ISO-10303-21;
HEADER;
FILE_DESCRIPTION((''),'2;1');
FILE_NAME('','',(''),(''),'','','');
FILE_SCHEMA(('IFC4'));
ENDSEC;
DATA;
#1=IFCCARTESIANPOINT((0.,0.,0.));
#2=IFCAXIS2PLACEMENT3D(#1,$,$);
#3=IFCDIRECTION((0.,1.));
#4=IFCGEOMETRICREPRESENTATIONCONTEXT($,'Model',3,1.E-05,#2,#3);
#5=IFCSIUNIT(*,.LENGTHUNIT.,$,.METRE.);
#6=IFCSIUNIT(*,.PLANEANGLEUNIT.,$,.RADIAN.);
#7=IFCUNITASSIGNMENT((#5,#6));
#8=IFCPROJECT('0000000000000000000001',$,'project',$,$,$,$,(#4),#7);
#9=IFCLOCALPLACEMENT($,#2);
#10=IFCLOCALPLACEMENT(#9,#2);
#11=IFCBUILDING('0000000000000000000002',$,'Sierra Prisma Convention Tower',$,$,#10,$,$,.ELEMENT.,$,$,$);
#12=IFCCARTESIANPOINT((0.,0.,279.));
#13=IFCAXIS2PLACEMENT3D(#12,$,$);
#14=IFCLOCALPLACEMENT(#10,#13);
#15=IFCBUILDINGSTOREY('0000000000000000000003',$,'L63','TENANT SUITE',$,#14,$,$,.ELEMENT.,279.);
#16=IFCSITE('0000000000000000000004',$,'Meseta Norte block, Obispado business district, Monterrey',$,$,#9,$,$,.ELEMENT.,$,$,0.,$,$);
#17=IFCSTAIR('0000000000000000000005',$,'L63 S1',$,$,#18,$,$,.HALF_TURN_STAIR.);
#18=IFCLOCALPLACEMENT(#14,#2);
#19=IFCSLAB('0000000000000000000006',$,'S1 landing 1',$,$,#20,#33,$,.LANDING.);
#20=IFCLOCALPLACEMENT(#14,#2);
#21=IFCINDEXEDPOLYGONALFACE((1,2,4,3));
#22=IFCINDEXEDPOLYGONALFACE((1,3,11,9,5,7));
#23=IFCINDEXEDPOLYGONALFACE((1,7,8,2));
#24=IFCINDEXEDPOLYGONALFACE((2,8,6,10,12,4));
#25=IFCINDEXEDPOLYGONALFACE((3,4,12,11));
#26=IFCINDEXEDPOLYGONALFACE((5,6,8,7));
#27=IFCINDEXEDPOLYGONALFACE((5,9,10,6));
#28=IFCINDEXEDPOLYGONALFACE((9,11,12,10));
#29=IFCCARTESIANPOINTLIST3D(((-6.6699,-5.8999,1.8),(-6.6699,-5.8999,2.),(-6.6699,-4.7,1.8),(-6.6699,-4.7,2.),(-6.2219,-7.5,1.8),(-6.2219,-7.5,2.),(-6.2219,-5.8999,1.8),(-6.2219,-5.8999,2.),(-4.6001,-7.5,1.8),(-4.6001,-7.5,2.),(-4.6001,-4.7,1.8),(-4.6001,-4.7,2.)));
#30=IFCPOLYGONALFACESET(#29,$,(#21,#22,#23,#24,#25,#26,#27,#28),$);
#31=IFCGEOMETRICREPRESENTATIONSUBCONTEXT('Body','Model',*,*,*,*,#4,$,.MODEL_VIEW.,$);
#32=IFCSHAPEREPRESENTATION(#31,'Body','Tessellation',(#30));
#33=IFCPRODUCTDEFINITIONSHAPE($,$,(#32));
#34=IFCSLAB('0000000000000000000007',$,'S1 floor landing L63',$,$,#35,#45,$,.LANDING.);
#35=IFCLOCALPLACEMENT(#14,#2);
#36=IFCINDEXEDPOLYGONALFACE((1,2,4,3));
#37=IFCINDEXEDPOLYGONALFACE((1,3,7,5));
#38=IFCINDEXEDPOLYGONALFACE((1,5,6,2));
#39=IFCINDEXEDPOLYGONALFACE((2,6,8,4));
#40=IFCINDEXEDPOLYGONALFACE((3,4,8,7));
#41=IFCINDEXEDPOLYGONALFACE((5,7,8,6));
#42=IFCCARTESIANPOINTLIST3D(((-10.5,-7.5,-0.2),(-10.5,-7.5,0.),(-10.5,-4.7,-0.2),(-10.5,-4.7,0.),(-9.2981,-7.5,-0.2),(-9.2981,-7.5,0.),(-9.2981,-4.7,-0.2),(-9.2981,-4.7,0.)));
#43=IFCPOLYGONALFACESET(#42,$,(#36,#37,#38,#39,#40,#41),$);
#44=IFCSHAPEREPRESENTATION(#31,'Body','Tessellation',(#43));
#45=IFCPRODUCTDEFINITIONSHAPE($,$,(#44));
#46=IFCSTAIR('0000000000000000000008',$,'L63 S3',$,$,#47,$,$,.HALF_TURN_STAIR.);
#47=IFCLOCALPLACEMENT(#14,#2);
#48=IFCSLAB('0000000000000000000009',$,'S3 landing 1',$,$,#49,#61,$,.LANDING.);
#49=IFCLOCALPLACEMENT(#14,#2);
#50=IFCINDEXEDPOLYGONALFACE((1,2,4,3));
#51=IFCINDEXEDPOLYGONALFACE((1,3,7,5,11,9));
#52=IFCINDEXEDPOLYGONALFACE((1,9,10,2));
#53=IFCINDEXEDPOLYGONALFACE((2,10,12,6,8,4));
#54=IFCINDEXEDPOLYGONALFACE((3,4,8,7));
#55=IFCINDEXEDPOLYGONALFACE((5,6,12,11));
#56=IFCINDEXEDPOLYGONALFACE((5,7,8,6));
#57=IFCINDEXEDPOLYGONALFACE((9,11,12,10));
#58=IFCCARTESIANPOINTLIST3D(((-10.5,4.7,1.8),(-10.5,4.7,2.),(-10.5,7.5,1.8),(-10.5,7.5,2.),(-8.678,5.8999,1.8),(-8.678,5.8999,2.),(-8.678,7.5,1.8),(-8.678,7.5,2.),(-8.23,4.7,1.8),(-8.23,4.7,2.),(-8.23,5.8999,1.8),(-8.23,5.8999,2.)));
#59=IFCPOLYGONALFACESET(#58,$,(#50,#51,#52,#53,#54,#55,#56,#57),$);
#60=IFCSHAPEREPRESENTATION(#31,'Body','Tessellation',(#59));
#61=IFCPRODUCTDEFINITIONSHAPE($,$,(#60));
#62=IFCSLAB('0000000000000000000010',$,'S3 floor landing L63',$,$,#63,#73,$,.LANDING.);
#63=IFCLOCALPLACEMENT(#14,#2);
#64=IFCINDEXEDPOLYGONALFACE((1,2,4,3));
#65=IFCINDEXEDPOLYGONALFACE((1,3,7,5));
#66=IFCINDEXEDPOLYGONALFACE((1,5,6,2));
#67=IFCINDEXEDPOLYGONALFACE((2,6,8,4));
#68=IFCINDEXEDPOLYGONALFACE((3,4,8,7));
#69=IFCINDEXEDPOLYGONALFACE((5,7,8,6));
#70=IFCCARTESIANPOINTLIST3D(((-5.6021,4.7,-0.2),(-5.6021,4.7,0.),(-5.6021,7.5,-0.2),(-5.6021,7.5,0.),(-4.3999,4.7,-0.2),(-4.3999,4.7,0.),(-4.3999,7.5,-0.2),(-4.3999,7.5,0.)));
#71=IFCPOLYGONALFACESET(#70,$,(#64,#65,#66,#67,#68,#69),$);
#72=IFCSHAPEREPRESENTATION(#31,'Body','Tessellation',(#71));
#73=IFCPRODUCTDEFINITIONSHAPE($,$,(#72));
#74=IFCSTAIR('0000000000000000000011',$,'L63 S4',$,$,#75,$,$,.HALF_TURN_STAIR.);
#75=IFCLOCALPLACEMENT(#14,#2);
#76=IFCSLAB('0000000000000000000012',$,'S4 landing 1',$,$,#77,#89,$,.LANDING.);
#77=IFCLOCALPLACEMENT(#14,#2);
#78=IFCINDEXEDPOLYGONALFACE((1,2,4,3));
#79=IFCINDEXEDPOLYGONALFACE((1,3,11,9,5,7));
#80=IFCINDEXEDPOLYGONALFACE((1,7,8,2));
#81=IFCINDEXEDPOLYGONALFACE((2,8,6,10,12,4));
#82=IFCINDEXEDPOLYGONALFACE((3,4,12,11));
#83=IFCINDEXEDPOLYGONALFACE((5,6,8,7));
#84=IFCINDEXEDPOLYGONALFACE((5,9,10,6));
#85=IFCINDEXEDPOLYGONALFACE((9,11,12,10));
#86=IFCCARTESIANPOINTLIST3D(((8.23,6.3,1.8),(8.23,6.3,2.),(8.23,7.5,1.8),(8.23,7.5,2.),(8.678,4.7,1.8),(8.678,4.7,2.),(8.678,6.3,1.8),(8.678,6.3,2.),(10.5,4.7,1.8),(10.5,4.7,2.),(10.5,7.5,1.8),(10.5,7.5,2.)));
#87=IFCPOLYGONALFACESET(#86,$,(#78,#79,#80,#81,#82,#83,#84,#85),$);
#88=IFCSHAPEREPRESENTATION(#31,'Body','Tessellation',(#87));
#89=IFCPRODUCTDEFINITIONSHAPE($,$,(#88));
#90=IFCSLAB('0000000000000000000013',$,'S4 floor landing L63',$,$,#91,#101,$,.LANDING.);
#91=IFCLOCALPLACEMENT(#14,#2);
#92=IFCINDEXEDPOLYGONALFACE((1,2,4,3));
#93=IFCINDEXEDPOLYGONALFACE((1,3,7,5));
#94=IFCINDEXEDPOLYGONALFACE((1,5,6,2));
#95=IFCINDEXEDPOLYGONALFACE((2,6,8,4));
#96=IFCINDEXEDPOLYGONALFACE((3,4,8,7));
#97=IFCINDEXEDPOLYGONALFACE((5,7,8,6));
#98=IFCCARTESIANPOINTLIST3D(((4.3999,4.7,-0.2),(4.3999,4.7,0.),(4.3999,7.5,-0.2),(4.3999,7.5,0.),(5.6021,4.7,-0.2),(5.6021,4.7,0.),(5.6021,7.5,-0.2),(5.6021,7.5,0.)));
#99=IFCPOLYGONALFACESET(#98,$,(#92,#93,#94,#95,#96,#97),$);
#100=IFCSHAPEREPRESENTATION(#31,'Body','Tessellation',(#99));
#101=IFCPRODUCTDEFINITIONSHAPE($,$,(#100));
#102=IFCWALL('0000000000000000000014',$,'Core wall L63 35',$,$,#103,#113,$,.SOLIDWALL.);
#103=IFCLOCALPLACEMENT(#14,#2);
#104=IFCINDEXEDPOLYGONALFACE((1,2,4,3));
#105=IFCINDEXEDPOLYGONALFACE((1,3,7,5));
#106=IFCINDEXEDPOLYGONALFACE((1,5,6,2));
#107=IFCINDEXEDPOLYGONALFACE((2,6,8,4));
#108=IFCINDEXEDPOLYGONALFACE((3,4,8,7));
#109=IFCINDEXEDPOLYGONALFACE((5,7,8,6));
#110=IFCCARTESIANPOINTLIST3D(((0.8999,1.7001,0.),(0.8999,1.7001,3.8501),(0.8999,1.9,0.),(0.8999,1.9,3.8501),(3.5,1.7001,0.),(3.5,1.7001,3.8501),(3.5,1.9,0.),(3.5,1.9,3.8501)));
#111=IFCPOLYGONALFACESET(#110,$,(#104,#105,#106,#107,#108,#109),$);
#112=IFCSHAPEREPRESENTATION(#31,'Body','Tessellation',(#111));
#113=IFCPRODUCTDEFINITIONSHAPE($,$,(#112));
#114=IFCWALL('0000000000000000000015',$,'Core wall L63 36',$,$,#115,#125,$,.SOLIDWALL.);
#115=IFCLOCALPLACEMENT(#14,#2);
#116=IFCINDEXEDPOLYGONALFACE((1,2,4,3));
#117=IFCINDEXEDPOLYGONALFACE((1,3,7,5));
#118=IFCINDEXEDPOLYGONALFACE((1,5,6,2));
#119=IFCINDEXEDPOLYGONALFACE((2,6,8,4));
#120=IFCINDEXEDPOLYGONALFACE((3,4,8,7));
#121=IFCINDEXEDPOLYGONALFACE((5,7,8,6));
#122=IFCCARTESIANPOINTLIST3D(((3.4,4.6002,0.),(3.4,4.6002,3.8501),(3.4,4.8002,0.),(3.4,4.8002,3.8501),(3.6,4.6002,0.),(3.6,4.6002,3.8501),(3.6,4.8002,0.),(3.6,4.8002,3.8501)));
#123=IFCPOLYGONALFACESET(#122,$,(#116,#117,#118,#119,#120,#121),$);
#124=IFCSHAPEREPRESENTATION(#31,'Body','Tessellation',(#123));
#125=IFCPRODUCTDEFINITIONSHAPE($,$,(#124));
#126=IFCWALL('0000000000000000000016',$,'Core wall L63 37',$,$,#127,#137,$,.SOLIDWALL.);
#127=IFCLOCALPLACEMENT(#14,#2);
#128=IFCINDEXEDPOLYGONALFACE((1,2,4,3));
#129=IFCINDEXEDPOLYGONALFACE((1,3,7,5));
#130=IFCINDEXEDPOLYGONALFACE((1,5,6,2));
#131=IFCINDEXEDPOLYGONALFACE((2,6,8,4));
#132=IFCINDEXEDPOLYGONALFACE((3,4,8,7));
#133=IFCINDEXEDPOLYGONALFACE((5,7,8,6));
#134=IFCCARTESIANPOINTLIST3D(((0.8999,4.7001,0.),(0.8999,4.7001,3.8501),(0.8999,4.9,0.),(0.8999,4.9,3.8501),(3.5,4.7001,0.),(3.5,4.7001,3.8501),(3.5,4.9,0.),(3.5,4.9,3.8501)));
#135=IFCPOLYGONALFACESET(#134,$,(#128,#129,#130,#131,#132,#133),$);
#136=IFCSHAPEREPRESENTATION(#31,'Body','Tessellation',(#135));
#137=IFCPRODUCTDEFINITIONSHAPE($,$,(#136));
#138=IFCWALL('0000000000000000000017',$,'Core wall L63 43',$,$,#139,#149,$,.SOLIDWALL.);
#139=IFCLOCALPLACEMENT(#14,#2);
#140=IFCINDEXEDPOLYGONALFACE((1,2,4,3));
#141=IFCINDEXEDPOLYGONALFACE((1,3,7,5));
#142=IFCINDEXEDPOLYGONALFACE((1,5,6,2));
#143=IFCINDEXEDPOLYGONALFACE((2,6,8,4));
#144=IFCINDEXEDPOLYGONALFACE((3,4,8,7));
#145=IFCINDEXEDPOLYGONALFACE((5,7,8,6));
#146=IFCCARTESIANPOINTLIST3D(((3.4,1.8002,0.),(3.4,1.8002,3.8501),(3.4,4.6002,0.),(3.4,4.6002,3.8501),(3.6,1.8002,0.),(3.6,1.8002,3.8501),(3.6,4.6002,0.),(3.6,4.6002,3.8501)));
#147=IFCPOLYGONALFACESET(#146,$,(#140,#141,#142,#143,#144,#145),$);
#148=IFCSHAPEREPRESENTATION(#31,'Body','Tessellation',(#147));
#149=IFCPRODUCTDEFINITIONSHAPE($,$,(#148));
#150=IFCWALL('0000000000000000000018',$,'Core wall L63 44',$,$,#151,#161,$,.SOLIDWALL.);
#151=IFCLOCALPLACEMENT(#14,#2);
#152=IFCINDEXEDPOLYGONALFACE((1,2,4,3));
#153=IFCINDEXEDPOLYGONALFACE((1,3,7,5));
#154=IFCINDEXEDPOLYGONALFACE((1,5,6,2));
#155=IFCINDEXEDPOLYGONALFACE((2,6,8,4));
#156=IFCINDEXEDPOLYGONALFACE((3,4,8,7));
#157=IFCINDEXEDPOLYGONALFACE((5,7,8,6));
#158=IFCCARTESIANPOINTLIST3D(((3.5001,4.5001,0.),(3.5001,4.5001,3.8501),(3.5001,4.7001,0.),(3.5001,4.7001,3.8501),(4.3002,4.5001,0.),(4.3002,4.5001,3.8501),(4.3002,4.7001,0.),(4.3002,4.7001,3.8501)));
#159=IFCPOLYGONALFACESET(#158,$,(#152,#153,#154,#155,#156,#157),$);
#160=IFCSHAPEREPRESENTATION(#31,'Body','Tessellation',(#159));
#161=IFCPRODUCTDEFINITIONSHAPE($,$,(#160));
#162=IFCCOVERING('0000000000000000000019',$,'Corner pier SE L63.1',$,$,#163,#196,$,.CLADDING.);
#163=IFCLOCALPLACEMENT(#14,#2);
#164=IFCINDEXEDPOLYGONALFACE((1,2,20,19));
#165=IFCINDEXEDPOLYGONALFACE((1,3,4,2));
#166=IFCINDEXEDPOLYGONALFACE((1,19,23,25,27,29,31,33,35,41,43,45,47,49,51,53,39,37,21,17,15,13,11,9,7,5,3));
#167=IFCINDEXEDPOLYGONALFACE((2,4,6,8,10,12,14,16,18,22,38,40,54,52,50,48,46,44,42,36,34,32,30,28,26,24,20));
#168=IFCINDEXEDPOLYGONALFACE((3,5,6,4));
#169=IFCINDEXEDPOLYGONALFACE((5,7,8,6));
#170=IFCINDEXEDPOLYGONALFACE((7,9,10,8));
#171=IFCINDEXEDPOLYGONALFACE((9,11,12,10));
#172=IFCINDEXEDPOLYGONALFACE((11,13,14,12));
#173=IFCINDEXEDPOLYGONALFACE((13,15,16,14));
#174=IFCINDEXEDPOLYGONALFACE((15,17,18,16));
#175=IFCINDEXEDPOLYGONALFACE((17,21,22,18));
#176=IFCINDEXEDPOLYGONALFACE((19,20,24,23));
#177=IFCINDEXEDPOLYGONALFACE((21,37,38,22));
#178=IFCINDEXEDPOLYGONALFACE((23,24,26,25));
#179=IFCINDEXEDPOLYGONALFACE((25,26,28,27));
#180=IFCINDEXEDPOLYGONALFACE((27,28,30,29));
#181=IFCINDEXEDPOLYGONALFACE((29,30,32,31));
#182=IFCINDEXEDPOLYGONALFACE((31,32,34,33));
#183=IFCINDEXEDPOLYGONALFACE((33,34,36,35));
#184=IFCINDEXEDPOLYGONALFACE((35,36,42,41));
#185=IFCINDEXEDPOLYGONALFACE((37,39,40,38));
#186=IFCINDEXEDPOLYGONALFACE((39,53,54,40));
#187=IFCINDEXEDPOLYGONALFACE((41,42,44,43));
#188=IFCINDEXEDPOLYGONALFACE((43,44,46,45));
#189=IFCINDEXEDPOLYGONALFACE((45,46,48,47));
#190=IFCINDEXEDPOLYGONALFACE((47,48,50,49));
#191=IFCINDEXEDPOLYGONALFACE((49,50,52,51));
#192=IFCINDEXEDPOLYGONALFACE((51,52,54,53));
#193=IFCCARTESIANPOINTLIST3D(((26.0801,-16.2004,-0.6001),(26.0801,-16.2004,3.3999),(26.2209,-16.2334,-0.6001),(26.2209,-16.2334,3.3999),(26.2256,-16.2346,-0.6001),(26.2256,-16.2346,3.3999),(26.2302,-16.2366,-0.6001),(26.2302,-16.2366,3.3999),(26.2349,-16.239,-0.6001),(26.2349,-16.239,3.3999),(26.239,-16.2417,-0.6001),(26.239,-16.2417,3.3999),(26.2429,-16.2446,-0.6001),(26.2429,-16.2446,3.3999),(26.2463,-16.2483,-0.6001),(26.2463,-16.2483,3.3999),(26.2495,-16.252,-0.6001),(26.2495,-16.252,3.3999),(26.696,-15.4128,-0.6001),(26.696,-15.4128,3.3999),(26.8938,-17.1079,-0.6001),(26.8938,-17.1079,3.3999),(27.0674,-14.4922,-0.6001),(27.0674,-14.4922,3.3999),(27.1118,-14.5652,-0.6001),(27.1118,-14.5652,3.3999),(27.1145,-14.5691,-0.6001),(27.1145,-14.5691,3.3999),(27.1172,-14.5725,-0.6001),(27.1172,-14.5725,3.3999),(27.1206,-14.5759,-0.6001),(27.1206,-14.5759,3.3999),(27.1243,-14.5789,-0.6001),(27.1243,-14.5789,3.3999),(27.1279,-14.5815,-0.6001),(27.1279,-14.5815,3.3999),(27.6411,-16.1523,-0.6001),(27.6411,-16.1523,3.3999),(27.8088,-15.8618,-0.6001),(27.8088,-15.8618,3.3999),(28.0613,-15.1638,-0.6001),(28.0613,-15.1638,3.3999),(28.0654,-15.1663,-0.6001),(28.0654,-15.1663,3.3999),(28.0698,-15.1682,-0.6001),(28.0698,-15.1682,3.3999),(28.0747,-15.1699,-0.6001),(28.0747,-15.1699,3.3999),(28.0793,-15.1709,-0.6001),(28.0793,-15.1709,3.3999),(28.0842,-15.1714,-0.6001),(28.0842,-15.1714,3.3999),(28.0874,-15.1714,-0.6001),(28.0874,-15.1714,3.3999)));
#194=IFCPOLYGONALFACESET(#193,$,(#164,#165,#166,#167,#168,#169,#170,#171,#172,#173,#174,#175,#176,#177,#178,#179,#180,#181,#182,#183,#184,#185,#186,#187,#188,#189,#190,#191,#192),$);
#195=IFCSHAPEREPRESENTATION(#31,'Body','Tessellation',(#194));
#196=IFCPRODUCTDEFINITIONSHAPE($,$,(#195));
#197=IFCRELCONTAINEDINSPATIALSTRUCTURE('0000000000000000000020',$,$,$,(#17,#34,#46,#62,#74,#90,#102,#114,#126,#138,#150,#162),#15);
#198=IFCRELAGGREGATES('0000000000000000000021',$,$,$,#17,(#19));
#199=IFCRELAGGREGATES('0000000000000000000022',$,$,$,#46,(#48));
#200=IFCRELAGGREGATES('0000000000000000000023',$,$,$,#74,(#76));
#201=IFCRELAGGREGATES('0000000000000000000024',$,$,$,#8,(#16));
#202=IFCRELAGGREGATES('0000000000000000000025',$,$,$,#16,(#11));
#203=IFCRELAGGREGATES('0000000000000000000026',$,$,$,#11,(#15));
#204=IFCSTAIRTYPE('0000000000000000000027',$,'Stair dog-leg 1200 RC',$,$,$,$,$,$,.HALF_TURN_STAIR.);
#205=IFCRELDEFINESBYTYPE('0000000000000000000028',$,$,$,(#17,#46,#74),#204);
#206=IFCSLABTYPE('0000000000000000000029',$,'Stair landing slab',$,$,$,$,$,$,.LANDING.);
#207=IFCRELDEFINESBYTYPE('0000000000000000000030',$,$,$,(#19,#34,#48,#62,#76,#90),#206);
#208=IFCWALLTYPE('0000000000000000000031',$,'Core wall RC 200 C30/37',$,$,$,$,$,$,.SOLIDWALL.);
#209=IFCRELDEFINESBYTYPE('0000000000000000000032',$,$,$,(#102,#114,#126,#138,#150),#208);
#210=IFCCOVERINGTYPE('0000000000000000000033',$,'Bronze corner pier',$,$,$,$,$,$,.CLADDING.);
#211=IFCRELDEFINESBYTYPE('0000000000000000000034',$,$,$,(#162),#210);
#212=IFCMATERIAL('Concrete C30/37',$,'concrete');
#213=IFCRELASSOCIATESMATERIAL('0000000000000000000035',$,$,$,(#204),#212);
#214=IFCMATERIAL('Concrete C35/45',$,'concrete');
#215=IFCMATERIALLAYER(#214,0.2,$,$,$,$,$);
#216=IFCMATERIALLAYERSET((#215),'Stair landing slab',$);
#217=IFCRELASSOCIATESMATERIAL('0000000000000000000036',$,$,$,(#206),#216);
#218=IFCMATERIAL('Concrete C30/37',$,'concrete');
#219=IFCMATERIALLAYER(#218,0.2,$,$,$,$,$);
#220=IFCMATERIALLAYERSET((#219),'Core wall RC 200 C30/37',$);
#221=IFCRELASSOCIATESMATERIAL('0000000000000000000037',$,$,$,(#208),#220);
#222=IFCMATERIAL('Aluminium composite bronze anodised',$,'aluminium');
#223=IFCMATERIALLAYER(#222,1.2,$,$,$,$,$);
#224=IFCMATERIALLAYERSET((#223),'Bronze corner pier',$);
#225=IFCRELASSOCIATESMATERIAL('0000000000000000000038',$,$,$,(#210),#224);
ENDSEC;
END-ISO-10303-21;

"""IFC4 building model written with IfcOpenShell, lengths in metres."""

from ifc_helpers import new_model, si_unit, direction, frame, frame_2d, origin, place, context, subcontext, project, spatial, polyline, rectangle, outline, extrude, material, layer, layer_set, type_object, element, aggregate, save


model = new_model("IFC4")

# Units and contexts
model_context = context("Model", 3, precision=1e-05, world=origin(), true_north=direction((0.0, 1.0)))
body_context = subcontext(model_context, "Body", "Model", "MODEL_VIEW")
ifc_project = project(units=[si_unit("LENGTHUNIT", "METRE"), si_unit("PLANEANGLEUNIT", "RADIAN")], contexts=[model_context])

# Site, building, storey
site_placement = place(None, origin())
site = spatial("IfcSite", under=ifc_project, at=site_placement, Name="Meseta Norte block, Obispado business district, Monterrey", CompositionType="ELEMENT", RefElevation=0.0)
building_placement = place(site_placement, origin())
building = spatial("IfcBuilding", under=site, at=building_placement, Name="Sierra Prisma Convention Tower", CompositionType="ELEMENT")
storey_placement = place(building_placement, frame((0.0, 0.0, 279.0)))
storey = spatial("IfcBuildingStorey", under=building, at=storey_placement, Name="L63", Description="TENANT SUITE", CompositionType="ELEMENT", Elevation=279.0)

# Stair, slab
ifc_material_1 = material(Name="Concrete C30/37", Category="concrete")
stair_type = type_object("IfcStairType", Name="Stair dog-leg 1200 RC", PredefinedType="HALF_TURN_STAIR", material=ifc_material_1)
stair_1_placement = place(storey_placement, origin())
stair_1 = element("IfcStair", 1, at=stair_1_placement, inside=storey, type_object=stair_type, Name="L63 S1", PredefinedType="HALF_TURN_STAIR")
ifc_material_2 = material(Name="Concrete C35/45", Category="concrete")
ifc_layer_1 = layer(ifc_material_2, 0.2)
ifc_layer_set_1 = layer_set([ifc_layer_1], Name="Stair landing slab")
slab_type = type_object("IfcSlabType", Name="Stair landing slab", PredefinedType="LANDING", material=ifc_layer_set_1)
slab_1_placement = place(storey_placement, frame((0.0, 0.0, 1.8)))
slab_1 = element("IfcSlab", 2, at=slab_1_placement, type_object=slab_type, Name="S1 landing 1", PredefinedType="LANDING", context=body_context, shape_type="SweptSolid", body=[
    extrude(outline(polyline([(-4.6001, -4.7), (-4.6001, -7.5), (-6.2219, -7.5), (-6.2219, -5.8999), (-6.6699, -5.8999), (-6.6699, -4.7), (-4.6001, -4.7)])), origin(), (0.0, 0.0, 1.0), 0.2),
])
aggregate(stair_1, [slab_1])

# Slab
slab_2_placement = place(storey_placement, frame((0.0, 0.0, -0.2)))
element("IfcSlab", 3, at=slab_2_placement, inside=storey, type_object=slab_type, Name="S1 floor landing L63", PredefinedType="LANDING", context=body_context, shape_type="SweptSolid", body=[
    extrude(outline(polyline([(-10.5, -7.5), (-9.2981, -7.5), (-9.2981, -4.7), (-10.5, -4.7), (-10.5, -7.5)])), origin(), (0.0, 0.0, 1.0), 0.2),
])

# Stair, slab
stair_2_placement = place(storey_placement, origin())
stair_2 = element("IfcStair", 4, at=stair_2_placement, inside=storey, type_object=stair_type, Name="L63 S3", PredefinedType="HALF_TURN_STAIR")
slab_3_placement = place(storey_placement, frame((0.0, 0.0, 1.8)))
slab_3 = element("IfcSlab", 5, at=slab_3_placement, type_object=slab_type, Name="S3 landing 1", PredefinedType="LANDING", context=body_context, shape_type="SweptSolid", body=[
    extrude(outline(polyline([(-8.23, 5.8999), (-8.23, 4.7), (-10.5, 4.7), (-10.5, 7.5), (-8.678, 7.5), (-8.678, 5.8999), (-8.23, 5.8999)])), origin(), (0.0, 0.0, 1.0), 0.2),
])
aggregate(stair_2, [slab_3])

# Slab
slab_4_placement = place(storey_placement, frame((0.0, 0.0, -0.2)))
element("IfcSlab", 6, at=slab_4_placement, inside=storey, type_object=slab_type, Name="S3 floor landing L63", PredefinedType="LANDING", context=body_context, shape_type="SweptSolid", body=[
    extrude(outline(polyline([(-4.3999, 7.5), (-5.6021, 7.5), (-5.6021, 4.7), (-4.3999, 4.7), (-4.3999, 7.5)])), origin(), (0.0, 0.0, 1.0), 0.2),
])

# Stair, slab
stair_3_placement = place(storey_placement, origin())
stair_3 = element("IfcStair", 7, at=stair_3_placement, inside=storey, type_object=stair_type, Name="L63 S4", PredefinedType="HALF_TURN_STAIR")
slab_5_placement = place(storey_placement, frame((0.0, 0.0, 1.8)))
slab_5 = element("IfcSlab", 8, at=slab_5_placement, type_object=slab_type, Name="S4 landing 1", PredefinedType="LANDING", context=body_context, shape_type="SweptSolid", body=[
    extrude(outline(polyline([(10.5, 7.5), (10.5, 4.7), (8.678, 4.7), (8.678, 6.3), (8.23, 6.3), (8.23, 7.5), (10.5, 7.5)])), origin(), (0.0, 0.0, 1.0), 0.2),
])
aggregate(stair_3, [slab_5])

# Slab
slab_6_placement = place(storey_placement, frame((0.0, 0.0, -0.2)))
element("IfcSlab", 9, at=slab_6_placement, inside=storey, type_object=slab_type, Name="S4 floor landing L63", PredefinedType="LANDING", context=body_context, shape_type="SweptSolid", body=[
    extrude(outline(polyline([(4.3999, 4.7), (5.6021, 4.7), (5.6021, 7.5), (4.3999, 7.5), (4.3999, 4.7)])), origin(), (0.0, 0.0, 1.0), 0.2),
])

# Shared definitions
ifc_material_3 = material(Name="Concrete C30/37", Category="concrete")
ifc_layer_2 = layer(ifc_material_3, 0.2)
ifc_layer_set_2 = layer_set([ifc_layer_2], Name="Core wall RC 200 C30/37")
wall_type = type_object("IfcWallType", Name="Core wall RC 200 C30/37", PredefinedType="SOLIDWALL", material=ifc_layer_set_2)

# Walls
wall_1_placement = place(storey_placement, frame((3.5, 1.8, 0.0), z_axis=(0.0, 0.0, 1.0), x_axis=(-1.0, 0.0, 0.0)))
element("IfcWall", 10, at=wall_1_placement, inside=storey, type_object=wall_type, Name="Core wall L63 35", PredefinedType="SOLIDWALL", context=body_context, shape_type="SweptSolid", body=[
    extrude(rectangle(XDim=2.6001, YDim=0.2, at=frame_2d((1.3, 0.0))), origin(), (0.0, 0.0, 1.0), 3.8501),
])
wall_2_placement = place(storey_placement, frame((3.5, 4.6001, 0.0), z_axis=(0.0, 0.0, 1.0), x_axis=(0.0, 1.0, 0.0)))
element("IfcWall", 11, at=wall_2_placement, inside=storey, type_object=wall_type, Name="Core wall L63 36", PredefinedType="SOLIDWALL", context=body_context, shape_type="SweptSolid", body=[
    extrude(rectangle(XDim=0.2, YDim=0.2, at=frame_2d((0.1001, 0.0))), origin(), (0.0, 0.0, 1.0), 3.8501),
])
wall_3_placement = place(storey_placement, frame((3.5, 4.8, 0.0), z_axis=(0.0, 0.0, 1.0), x_axis=(-1.0, 0.0, 0.0)))
element("IfcWall", 12, at=wall_3_placement, inside=storey, type_object=wall_type, Name="Core wall L63 37", PredefinedType="SOLIDWALL", context=body_context, shape_type="SweptSolid", body=[
    extrude(rectangle(XDim=2.6001, YDim=0.2, at=frame_2d((1.3, 0.0))), origin(), (0.0, 0.0, 1.0), 3.8501),
])

# Walls
wall_4_placement = place(storey_placement, frame((3.5, 4.6001, 0.0), z_axis=(0.0, 0.0, 1.0), x_axis=(0.0, -1.0, 0.0)))
element("IfcWall", 13, at=wall_4_placement, inside=storey, type_object=wall_type, Name="Core wall L63 43", PredefinedType="SOLIDWALL", context=body_context, shape_type="SweptSolid", body=[
    extrude(rectangle(XDim=2.8, YDim=0.2, at=frame_2d((1.3999, 0.0))), origin(), (0.0, 0.0, 1.0), 3.8501),
])
wall_5_placement = place(storey_placement, frame((4.3, 4.6001, 0.0), z_axis=(0.0, 0.0, 1.0), x_axis=(-1.0, 0.0, 0.0)))
element("IfcWall", 14, at=wall_5_placement, inside=storey, type_object=wall_type, Name="Core wall L63 44", PredefinedType="SOLIDWALL", context=body_context, shape_type="SweptSolid", body=[
    extrude(rectangle(XDim=0.8, YDim=0.2, at=frame_2d((0.3999, 0.0))), origin(), (0.0, 0.0, 1.0), 3.8501),
])

# Covering
ifc_material_4 = material(Name="Aluminium composite bronze anodised", Category="aluminium")
ifc_layer_3 = layer(ifc_material_4, 1.2)
ifc_layer_set_3 = layer_set([ifc_layer_3], Name="Bronze corner pier")
covering_type_1 = type_object("IfcCoveringType", Name="Bronze corner pier", PredefinedType="CLADDING", material=ifc_layer_set_3)
covering_1_placement = place(storey_placement, frame((0.0, 0.0, -0.6001)))
element("IfcCovering", 15, at=covering_1_placement, inside=storey, type_object=covering_type_1, Name="Corner pier SE L63.1", PredefinedType="CLADDING", context=body_context, shape_type="SweptSolid", body=[
    extrude(outline(polyline([(27.0674, -14.4922), (27.1118, -14.5652), (27.1145, -14.5691), (27.1172, -14.5725), (27.1206, -14.5759), (27.1243, -14.5789), (27.1279, -14.5815), (28.0613, -15.1638), (28.0654, -15.1663), (28.0698, -15.1682), (28.0747, -15.1699), (28.0793, -15.1709), (28.0842, -15.1714), (28.0874, -15.1714), (27.8088, -15.8618), (27.6411, -16.1523), (26.8938, -17.1079), (26.2495, -16.252), (26.2463, -16.2483), (26.2429, -16.2446), (26.239, -16.2417), (26.2349, -16.239), (26.2302, -16.2366), (26.2256, -16.2346), (26.2209, -16.2334), (26.0801, -16.2004), (26.696, -15.4128), (27.0674, -14.4922)])), origin(), (0.0, 0.0, 1.0), 4.0),
])

save(model, "model.ifc")
